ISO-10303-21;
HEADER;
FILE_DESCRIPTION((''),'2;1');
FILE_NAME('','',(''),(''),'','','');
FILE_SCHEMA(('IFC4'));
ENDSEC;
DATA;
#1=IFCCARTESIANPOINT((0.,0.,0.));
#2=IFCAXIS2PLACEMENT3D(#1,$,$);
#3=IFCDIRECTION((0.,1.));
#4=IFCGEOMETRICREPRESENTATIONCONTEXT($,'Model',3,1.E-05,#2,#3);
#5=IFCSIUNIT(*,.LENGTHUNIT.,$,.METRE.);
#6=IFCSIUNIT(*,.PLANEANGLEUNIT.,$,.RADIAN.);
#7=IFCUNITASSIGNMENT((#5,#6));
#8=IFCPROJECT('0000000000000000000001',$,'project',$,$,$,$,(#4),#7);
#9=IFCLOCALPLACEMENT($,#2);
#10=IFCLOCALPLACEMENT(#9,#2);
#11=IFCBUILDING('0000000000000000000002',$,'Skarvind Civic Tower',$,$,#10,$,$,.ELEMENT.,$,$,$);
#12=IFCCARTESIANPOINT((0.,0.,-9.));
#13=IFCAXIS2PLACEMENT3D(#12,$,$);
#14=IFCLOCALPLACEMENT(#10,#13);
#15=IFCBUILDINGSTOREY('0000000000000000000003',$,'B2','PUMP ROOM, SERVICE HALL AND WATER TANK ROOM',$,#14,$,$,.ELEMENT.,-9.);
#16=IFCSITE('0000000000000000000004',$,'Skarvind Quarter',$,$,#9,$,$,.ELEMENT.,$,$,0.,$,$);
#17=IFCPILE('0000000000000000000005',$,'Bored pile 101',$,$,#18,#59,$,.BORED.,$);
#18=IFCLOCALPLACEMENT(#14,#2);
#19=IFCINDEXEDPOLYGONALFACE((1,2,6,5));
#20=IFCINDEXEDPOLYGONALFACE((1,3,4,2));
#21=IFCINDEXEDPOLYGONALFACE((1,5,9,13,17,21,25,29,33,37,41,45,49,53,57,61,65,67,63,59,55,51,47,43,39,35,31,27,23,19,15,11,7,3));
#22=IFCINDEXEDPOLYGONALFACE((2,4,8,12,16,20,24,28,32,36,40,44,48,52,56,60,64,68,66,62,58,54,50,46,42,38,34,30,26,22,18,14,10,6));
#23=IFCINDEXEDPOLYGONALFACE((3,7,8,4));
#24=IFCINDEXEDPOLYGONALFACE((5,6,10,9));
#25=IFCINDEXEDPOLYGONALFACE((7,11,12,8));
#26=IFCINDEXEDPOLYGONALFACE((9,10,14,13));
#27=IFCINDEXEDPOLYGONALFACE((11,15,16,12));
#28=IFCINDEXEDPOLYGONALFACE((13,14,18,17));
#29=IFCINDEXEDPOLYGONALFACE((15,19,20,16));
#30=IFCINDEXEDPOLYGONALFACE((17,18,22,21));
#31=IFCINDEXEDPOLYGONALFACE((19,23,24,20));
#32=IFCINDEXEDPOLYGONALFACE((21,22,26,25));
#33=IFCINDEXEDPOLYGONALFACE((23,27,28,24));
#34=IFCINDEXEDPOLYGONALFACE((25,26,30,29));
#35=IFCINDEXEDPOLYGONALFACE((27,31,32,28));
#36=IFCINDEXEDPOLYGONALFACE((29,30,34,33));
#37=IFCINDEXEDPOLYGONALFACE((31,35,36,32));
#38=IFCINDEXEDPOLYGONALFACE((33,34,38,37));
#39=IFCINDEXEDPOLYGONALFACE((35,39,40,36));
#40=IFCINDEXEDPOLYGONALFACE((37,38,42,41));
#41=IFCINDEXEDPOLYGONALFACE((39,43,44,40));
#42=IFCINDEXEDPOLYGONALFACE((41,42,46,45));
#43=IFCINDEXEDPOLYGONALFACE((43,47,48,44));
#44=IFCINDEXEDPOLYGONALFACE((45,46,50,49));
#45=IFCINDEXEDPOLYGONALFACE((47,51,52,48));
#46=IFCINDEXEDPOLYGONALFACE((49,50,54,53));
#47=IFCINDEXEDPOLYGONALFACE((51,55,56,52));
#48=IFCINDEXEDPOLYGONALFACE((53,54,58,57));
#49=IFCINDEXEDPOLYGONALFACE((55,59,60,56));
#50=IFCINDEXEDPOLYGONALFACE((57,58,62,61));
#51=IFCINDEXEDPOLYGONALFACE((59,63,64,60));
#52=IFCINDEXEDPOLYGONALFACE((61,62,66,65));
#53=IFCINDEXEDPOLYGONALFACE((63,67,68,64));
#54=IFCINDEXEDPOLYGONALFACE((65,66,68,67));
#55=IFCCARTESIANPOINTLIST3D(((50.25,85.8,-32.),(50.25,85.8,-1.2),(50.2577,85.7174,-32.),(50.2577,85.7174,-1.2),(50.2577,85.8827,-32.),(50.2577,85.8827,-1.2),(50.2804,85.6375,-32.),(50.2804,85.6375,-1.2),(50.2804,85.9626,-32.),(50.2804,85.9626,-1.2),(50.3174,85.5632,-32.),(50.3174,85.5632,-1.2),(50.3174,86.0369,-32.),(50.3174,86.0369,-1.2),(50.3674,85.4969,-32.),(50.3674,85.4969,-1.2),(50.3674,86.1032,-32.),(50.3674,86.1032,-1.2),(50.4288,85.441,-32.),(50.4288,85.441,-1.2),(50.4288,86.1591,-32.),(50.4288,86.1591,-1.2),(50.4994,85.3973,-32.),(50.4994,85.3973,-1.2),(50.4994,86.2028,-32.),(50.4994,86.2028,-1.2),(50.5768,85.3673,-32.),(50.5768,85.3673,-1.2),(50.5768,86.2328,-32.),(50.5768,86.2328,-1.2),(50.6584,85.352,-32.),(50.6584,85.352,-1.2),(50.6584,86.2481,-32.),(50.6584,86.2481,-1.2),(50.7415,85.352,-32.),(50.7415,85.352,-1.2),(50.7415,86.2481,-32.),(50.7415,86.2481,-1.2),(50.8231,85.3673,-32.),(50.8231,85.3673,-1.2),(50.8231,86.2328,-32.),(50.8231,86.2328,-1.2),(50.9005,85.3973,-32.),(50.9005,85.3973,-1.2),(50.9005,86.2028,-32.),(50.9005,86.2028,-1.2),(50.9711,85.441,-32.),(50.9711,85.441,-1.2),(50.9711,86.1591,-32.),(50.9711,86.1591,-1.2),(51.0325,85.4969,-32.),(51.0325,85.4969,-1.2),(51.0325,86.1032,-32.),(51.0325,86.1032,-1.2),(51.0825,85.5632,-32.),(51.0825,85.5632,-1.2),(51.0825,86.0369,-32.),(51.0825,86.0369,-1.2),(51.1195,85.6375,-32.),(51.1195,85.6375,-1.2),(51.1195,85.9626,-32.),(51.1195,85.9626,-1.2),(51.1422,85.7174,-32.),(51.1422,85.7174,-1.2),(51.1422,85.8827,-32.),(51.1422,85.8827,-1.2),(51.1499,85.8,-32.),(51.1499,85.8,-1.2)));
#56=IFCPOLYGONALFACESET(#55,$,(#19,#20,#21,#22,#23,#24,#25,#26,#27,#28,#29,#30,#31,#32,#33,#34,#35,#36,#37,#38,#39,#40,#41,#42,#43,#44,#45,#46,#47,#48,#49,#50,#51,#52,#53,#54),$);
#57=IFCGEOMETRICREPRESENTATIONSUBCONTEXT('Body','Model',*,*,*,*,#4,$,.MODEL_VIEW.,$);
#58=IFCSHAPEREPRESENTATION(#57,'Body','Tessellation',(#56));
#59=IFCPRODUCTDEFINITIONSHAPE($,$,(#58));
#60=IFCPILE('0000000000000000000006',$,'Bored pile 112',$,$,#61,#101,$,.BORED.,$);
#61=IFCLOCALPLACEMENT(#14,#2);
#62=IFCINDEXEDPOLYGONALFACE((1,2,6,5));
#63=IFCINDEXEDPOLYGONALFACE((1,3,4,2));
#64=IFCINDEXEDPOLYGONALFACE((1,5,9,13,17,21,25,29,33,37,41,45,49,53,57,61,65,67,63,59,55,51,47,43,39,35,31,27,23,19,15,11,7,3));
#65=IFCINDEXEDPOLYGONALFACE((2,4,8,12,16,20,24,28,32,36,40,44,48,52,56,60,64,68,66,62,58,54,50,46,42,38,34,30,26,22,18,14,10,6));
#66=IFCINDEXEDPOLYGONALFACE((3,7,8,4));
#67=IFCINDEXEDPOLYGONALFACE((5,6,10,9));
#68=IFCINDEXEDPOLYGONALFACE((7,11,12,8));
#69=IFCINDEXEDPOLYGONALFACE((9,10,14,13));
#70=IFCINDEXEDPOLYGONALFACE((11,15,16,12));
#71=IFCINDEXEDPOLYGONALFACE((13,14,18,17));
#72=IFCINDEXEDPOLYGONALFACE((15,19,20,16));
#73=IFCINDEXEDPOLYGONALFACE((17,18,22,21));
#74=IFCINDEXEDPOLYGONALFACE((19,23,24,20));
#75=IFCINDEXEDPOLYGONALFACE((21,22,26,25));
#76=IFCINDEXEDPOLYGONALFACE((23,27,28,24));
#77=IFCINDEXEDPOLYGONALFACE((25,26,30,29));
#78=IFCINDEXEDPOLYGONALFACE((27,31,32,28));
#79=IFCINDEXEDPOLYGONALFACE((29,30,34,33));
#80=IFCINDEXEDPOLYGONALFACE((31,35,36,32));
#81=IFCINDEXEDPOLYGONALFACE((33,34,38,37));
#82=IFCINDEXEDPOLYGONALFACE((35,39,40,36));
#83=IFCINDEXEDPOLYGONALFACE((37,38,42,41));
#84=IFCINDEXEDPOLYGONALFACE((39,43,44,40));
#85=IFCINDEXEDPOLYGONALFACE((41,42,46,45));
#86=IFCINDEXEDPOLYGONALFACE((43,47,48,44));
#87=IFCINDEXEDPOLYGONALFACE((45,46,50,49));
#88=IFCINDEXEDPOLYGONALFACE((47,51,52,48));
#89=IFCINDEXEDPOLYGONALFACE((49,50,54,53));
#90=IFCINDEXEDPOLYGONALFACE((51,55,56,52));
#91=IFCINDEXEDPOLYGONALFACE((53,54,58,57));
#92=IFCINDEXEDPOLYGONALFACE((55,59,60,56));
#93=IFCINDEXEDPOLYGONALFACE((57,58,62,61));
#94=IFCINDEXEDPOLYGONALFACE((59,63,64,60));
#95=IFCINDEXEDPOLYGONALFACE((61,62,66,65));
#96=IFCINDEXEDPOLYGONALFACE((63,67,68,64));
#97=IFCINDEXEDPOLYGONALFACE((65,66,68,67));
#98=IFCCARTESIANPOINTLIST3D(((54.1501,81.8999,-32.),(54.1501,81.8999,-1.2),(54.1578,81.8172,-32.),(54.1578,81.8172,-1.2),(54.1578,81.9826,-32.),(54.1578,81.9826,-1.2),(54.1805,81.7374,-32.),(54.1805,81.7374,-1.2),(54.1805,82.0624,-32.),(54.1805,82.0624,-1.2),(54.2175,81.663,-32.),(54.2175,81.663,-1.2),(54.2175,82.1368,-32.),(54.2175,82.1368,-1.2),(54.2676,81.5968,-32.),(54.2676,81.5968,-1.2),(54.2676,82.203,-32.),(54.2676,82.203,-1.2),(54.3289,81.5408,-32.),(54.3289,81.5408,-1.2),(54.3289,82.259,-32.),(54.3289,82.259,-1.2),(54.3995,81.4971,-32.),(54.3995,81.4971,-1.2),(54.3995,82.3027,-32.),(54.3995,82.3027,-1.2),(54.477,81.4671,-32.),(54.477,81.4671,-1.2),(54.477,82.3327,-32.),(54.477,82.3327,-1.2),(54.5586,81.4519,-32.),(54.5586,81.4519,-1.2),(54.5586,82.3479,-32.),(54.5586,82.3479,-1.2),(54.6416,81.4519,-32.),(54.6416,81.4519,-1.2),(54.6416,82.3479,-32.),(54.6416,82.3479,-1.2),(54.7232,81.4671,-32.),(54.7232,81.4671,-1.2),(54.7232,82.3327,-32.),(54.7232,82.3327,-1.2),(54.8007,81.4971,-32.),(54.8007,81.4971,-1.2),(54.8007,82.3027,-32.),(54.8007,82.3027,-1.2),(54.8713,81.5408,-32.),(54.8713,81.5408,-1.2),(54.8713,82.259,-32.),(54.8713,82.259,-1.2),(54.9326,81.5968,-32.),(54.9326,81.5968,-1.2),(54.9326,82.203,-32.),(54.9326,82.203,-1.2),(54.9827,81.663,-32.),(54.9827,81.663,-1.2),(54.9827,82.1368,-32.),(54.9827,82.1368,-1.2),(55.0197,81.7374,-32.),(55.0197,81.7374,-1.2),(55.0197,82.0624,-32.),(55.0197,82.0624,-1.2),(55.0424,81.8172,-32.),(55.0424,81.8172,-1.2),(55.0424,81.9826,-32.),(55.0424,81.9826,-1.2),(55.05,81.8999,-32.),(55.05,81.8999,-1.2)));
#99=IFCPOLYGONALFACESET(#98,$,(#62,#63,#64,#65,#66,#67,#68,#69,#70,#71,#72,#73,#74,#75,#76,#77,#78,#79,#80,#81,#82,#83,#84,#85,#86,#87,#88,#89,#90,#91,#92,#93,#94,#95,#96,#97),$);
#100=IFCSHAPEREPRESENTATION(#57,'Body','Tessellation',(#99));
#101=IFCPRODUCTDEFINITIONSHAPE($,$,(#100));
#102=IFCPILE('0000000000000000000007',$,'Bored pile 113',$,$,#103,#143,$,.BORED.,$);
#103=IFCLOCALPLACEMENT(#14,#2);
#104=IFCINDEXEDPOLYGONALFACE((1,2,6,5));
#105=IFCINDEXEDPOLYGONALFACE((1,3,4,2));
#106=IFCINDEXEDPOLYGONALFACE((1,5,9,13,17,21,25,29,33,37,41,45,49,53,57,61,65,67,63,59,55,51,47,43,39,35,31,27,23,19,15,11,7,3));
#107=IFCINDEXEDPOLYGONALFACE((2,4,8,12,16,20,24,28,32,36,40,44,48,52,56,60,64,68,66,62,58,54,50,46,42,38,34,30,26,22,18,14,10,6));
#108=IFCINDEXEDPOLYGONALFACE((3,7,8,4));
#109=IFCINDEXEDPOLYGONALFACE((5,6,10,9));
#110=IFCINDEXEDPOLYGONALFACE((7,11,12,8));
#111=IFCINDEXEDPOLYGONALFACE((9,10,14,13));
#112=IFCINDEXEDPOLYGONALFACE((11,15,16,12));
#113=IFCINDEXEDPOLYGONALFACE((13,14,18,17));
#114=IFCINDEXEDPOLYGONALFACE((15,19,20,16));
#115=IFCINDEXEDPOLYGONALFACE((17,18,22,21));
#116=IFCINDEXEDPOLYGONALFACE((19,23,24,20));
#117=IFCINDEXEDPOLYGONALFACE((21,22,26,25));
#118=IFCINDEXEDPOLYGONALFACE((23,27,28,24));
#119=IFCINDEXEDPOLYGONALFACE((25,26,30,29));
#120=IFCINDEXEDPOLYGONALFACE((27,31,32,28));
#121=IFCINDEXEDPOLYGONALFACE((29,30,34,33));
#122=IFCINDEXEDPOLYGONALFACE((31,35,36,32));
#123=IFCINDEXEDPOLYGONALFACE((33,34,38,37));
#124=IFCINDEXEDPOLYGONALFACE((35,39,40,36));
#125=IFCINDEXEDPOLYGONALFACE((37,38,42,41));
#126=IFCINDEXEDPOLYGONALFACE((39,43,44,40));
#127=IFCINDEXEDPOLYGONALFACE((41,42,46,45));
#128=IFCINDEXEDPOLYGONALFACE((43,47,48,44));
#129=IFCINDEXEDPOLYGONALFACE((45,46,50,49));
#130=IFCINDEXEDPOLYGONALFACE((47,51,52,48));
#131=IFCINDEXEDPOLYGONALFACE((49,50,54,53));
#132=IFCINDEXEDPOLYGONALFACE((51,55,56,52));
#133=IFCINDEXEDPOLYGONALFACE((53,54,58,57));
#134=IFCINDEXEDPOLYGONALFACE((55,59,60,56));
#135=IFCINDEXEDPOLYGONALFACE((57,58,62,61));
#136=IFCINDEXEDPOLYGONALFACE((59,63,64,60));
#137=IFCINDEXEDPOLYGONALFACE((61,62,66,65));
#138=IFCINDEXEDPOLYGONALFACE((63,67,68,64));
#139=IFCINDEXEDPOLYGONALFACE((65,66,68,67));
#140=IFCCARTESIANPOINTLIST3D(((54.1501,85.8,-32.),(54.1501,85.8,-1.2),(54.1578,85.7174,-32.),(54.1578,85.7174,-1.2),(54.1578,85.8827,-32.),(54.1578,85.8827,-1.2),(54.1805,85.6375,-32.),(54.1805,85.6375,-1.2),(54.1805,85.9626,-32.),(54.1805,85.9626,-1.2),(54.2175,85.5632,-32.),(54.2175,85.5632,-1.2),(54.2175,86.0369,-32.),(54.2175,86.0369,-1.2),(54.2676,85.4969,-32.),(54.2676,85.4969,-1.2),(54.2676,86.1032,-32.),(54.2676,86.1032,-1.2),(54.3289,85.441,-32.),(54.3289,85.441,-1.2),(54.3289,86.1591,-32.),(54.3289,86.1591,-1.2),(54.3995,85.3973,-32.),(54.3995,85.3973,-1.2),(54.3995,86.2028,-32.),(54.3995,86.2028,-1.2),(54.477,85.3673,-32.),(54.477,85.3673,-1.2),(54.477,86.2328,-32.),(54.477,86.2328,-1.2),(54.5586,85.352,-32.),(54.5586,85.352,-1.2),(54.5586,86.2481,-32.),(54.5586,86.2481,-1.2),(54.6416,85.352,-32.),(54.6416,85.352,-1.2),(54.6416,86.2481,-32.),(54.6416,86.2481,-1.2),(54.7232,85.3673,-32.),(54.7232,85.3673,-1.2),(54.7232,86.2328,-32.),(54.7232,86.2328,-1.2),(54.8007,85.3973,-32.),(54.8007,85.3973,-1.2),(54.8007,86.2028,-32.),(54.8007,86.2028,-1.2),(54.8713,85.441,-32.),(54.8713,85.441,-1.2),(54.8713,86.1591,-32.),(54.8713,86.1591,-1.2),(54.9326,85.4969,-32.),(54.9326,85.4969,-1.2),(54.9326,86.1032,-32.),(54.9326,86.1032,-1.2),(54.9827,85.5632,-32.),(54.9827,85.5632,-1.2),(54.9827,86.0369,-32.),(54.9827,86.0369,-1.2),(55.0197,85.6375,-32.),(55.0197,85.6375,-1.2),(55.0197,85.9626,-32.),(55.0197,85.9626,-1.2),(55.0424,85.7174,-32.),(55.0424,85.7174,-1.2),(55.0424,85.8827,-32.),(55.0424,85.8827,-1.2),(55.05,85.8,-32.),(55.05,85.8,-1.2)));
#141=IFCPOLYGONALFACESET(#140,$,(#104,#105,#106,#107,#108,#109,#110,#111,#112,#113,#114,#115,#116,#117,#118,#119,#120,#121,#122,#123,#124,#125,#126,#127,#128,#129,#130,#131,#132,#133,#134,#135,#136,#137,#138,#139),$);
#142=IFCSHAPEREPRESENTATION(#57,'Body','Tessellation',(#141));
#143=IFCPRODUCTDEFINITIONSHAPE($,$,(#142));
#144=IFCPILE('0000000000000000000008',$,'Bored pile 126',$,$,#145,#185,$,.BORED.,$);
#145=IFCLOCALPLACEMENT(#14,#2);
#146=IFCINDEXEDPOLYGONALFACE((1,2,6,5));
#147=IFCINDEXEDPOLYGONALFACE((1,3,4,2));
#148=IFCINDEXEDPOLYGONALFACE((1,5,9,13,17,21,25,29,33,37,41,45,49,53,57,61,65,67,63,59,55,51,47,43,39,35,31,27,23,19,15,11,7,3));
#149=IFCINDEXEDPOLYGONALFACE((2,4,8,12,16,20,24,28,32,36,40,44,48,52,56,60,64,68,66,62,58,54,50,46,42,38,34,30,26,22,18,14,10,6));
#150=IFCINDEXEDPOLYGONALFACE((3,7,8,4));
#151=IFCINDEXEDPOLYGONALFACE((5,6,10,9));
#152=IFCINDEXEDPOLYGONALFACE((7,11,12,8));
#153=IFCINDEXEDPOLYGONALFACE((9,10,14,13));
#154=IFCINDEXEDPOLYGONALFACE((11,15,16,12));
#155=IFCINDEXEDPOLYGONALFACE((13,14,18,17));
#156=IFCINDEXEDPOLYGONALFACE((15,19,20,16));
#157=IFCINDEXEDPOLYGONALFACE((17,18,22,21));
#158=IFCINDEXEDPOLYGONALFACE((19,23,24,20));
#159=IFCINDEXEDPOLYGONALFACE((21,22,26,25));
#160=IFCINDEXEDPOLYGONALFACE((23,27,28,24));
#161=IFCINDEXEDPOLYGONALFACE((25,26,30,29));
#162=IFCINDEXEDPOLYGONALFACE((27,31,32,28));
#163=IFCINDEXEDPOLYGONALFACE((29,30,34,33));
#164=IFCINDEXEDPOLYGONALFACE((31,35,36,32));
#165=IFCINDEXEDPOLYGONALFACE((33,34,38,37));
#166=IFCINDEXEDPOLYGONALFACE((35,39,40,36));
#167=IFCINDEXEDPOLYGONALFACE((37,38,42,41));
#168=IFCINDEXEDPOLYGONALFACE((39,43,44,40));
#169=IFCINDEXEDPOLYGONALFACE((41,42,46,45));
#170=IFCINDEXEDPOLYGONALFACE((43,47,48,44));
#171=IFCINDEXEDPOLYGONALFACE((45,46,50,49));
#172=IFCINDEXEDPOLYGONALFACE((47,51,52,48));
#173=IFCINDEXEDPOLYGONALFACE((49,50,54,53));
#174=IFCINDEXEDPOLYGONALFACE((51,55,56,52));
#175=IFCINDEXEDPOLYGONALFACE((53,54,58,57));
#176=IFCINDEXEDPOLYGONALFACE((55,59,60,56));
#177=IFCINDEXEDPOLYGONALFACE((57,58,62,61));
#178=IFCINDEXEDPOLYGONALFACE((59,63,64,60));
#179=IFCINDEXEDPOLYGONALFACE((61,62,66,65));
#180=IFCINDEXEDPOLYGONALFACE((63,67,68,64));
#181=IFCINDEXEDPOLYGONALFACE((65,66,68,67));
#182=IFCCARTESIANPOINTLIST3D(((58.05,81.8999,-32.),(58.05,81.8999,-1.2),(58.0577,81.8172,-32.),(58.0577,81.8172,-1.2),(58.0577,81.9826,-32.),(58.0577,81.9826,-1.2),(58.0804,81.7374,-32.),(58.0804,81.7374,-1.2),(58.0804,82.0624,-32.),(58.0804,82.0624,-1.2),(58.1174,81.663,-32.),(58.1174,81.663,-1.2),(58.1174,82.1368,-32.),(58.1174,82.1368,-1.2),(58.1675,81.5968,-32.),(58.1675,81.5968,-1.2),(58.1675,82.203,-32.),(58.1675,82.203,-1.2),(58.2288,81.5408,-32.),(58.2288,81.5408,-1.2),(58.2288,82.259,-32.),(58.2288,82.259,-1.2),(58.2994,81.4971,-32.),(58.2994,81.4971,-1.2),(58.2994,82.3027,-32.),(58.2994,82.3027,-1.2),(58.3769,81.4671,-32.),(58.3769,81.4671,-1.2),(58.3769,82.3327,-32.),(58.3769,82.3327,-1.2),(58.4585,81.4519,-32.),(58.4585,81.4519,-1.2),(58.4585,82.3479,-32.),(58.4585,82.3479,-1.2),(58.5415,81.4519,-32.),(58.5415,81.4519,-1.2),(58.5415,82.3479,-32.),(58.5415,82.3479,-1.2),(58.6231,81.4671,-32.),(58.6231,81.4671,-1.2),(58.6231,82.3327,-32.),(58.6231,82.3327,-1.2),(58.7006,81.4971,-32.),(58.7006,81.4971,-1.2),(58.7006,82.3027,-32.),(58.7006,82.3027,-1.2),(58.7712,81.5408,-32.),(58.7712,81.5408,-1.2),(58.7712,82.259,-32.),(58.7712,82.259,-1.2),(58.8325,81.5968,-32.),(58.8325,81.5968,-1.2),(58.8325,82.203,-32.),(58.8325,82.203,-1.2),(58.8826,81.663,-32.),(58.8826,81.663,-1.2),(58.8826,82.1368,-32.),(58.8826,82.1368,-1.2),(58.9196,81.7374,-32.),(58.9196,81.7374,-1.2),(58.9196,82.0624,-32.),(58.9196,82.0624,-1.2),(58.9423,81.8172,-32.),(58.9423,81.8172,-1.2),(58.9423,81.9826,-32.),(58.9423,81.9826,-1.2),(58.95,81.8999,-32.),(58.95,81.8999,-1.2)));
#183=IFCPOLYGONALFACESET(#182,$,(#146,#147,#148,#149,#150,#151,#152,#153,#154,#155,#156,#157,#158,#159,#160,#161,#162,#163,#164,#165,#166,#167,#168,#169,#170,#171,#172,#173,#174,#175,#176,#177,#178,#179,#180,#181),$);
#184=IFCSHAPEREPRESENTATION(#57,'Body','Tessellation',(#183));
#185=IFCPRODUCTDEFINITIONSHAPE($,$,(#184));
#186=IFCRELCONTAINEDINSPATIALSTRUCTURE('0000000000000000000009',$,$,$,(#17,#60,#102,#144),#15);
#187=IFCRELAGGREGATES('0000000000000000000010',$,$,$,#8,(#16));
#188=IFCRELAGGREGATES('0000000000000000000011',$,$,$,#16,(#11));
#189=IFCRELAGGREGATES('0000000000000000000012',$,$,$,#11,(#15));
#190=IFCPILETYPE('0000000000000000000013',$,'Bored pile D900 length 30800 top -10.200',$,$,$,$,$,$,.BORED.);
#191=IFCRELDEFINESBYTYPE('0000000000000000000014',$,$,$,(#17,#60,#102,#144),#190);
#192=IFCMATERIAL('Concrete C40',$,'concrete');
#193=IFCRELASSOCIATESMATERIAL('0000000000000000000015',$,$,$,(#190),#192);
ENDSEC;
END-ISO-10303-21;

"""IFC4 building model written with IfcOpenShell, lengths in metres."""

from ifc_helpers import new_model, si_unit, direction, frame, origin, origin_2d, place, context, subcontext, project, spatial, circle, extrude, material, type_object, element, save


model = new_model("IFC4")

# Units and contexts
model_context = context("Model", 3, precision=1e-05, world=origin(), true_north=direction((0.0, 1.0)))
body_context = subcontext(model_context, "Body", "Model", "MODEL_VIEW")
ifc_project = project(units=[si_unit("LENGTHUNIT", "METRE"), si_unit("PLANEANGLEUNIT", "RADIAN")], contexts=[model_context])

# Site, building, storey
site_placement = place(None, origin())
site = spatial("IfcSite", under=ifc_project, at=site_placement, Name="Skarvind Quarter", CompositionType="ELEMENT", RefElevation=0.0)
building_placement = place(site_placement, origin())
building = spatial("IfcBuilding", under=site, at=building_placement, Name="Skarvind Civic Tower", CompositionType="ELEMENT")
storey_placement = place(building_placement, frame((0.0, 0.0, -9.0)))
storey = spatial("IfcBuildingStorey", under=building, at=storey_placement, Name="B2", Description="PUMP ROOM, SERVICE HALL AND WATER TANK ROOM", CompositionType="ELEMENT", Elevation=-9.0)

# Piles
ifc_material_1 = material(Name="Concrete C40", Category="concrete")
pile_type_1 = type_object("IfcPileType", Name="Bored pile D900 length 30800 top -10.200", PredefinedType="BORED", material=ifc_material_1)
for number, where, z_axis, x_axis, name in (
    (1, (50.7, 85.8, -1.2), (0.0, 0.0, -1.0), (1.0, 0.0, 0.0), "Bored pile 101"),
    (2, (54.6001, 81.8999, -1.2), (0.0, 0.0, -1.0), (1.0, 0.0, 0.0), "Bored pile 112"),
    (3, (54.6001, 85.8, -1.2), (0.0, 0.0, -1.0), (1.0, 0.0, 0.0), "Bored pile 113"),
    (4, (58.5, 81.8999, -1.2), (0.0, 0.0, -1.0), (1.0, 0.0, 0.0), "Bored pile 126"),
):
    element("IfcPile", number, at=place(storey_placement, frame(where, z_axis=z_axis, x_axis=x_axis)), inside=storey, type_object=pile_type_1, Name=name, PredefinedType="BORED", context=body_context, shape_type="SweptSolid", body=[
        extrude(circle(Radius=0.45, at=origin_2d()), origin(), (0.0, 0.0, 1.0), 30.8),
    ])

save(model, "model.ifc")
